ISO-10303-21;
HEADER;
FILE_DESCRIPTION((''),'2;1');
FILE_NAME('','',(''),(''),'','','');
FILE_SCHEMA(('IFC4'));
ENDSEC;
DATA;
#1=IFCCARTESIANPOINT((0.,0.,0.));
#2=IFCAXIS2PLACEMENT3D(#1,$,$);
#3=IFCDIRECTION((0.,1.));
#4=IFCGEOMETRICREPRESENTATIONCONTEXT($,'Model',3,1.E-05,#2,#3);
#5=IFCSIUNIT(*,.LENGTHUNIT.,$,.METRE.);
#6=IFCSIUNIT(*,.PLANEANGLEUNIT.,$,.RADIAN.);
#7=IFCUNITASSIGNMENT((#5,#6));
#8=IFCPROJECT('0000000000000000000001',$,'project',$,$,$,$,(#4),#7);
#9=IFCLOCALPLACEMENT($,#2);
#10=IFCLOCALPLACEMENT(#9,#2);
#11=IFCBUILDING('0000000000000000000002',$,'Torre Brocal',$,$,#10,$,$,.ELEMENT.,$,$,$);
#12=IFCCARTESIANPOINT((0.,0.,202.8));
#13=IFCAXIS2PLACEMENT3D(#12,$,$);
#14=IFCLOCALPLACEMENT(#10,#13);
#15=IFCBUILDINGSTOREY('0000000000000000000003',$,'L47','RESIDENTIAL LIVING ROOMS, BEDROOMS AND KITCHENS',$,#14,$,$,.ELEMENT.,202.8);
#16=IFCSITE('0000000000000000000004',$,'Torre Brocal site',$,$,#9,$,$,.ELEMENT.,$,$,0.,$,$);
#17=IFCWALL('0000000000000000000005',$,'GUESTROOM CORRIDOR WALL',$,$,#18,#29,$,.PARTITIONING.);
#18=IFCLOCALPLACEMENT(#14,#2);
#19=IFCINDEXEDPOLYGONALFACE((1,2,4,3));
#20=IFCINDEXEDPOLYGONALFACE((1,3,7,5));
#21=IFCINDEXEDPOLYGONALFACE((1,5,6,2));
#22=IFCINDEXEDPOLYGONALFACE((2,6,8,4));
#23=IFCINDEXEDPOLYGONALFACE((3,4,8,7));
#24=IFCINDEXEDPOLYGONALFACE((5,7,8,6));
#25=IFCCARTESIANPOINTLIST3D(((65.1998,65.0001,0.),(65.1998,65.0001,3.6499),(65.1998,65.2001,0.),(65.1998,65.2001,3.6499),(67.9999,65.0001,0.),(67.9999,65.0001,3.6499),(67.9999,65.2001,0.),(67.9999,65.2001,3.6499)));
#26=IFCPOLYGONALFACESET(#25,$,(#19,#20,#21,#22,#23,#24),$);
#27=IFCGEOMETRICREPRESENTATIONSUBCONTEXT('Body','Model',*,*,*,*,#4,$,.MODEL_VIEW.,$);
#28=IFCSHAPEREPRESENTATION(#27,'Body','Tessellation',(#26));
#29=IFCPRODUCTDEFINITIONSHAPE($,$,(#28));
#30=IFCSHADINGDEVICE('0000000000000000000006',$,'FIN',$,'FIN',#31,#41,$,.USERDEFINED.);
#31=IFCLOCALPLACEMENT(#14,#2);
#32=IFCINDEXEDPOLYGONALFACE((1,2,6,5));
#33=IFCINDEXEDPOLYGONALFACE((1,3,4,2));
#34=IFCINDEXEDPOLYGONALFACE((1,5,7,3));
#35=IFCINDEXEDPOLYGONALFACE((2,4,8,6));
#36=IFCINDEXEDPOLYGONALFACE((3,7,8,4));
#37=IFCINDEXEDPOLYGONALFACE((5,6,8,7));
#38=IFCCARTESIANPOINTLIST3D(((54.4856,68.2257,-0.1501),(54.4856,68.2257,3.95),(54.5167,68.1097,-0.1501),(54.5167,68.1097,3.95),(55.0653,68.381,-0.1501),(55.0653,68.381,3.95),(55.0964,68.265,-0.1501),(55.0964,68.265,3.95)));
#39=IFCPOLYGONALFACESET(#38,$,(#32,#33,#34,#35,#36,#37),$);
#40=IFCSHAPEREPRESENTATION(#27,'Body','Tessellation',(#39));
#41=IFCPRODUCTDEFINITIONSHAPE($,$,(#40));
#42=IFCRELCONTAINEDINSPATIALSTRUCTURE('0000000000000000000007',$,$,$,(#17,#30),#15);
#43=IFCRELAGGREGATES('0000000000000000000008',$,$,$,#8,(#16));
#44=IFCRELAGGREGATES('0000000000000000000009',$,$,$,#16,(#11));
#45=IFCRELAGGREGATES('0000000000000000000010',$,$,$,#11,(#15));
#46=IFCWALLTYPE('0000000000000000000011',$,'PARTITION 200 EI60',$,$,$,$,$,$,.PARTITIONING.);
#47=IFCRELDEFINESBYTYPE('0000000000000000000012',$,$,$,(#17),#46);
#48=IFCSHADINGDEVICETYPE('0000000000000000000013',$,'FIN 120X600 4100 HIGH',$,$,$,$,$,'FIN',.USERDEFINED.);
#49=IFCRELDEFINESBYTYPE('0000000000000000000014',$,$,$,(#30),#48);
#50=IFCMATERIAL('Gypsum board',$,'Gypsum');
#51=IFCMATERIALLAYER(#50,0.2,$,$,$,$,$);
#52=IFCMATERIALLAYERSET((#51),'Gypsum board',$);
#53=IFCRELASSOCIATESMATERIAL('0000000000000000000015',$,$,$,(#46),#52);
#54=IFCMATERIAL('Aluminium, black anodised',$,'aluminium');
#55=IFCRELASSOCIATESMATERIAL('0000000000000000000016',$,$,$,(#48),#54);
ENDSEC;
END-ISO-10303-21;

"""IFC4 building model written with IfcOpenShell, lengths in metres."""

from ifc_helpers import new_model, si_unit, direction, frame, frame_2d, origin, origin_2d, place, context, subcontext, project, spatial, rectangle, extrude, material, layer, layer_set, material_profile, profile_set, type_object, element, save


model = new_model("IFC4")

# Units and contexts
model_context = context("Model", 3, precision=1e-05, world=origin(), true_north=direction((0.0, 1.0)))
body_context = subcontext(model_context, "Body", "Model", "MODEL_VIEW")
ifc_project = project(units=[si_unit("LENGTHUNIT", "METRE"), si_unit("PLANEANGLEUNIT", "RADIAN")], contexts=[model_context])

# Site, building, storey
site_placement = place(None, origin())
site = spatial("IfcSite", under=ifc_project, at=site_placement, Name="Torre Brocal site", CompositionType="ELEMENT", RefElevation=0.0)
building_placement = place(site_placement, origin())
building = spatial("IfcBuilding", under=site, at=building_placement, Name="Torre Brocal", CompositionType="ELEMENT")
storey_placement = place(building_placement, frame((0.0, 0.0, 202.8)))
storey = spatial("IfcBuildingStorey", under=building, at=storey_placement, Name="L47", Description="RESIDENTIAL LIVING ROOMS, BEDROOMS AND KITCHENS", CompositionType="ELEMENT", Elevation=202.8)

# Wall
ifc_material_1 = material(Name="Gypsum board", Category="Gypsum")
ifc_layer_1 = layer(ifc_material_1, 0.2)
ifc_layer_set_1 = layer_set([ifc_layer_1], Name="Gypsum board")
wall_type_1 = type_object("IfcWallType", Name="PARTITION 200 EI60", PredefinedType="PARTITIONING", material=ifc_layer_set_1)
wall_1_placement = place(storey_placement, frame((65.2, 65.1001, 0.0), z_axis=(0.0, 0.0, 1.0), x_axis=(1.0, 0.0, 0.0)))
element("IfcWall", 1, at=wall_1_placement, inside=storey, type_object=wall_type_1, Name="GUESTROOM CORRIDOR WALL", PredefinedType="PARTITIONING", context=body_context, shape_type="SweptSolid", body=[
    extrude(rectangle(XDim=2.8, YDim=0.2, at=frame_2d((1.3999, 0.0))), origin(), (0.0, 0.0, 1.0), 3.6499),
])

# Shading device
ifc_material_2 = material(Name="Aluminium, black anodised", Category="aluminium")
ifc_material_profile_1 = material_profile(ifc_material_2, rectangle(XDim=0.1201, YDim=0.6001, at=origin_2d()), Name="FIN 120X600 4100 HIGH")
ifc_profile_set_1 = profile_set([ifc_material_profile_1], Name="Aluminium, black anodised")
shading_device_type = type_object("IfcShadingDeviceType", Name="FIN 120X600 4100 HIGH", ElementType="FIN", PredefinedType="USERDEFINED", material=ifc_profile_set_1)
shading_device_placement = place(storey_placement, frame((54.791, 68.2454, -0.1501), z_axis=(0.0, 0.0, 1.0), x_axis=(0.258819, -0.965926, 0.0)))
element("IfcShadingDevice", 2, at=shading_device_placement, inside=storey, type_object=shading_device_type, Name="FIN", ObjectType="FIN", PredefinedType="USERDEFINED", context=body_context, shape_type="SweptSolid", body=[
    extrude(rectangle(XDim=0.1201, YDim=0.6001, at=origin_2d()), origin(), (0.0, 0.0, 1.0), 4.1001),
])

save(model, "model.ifc")
